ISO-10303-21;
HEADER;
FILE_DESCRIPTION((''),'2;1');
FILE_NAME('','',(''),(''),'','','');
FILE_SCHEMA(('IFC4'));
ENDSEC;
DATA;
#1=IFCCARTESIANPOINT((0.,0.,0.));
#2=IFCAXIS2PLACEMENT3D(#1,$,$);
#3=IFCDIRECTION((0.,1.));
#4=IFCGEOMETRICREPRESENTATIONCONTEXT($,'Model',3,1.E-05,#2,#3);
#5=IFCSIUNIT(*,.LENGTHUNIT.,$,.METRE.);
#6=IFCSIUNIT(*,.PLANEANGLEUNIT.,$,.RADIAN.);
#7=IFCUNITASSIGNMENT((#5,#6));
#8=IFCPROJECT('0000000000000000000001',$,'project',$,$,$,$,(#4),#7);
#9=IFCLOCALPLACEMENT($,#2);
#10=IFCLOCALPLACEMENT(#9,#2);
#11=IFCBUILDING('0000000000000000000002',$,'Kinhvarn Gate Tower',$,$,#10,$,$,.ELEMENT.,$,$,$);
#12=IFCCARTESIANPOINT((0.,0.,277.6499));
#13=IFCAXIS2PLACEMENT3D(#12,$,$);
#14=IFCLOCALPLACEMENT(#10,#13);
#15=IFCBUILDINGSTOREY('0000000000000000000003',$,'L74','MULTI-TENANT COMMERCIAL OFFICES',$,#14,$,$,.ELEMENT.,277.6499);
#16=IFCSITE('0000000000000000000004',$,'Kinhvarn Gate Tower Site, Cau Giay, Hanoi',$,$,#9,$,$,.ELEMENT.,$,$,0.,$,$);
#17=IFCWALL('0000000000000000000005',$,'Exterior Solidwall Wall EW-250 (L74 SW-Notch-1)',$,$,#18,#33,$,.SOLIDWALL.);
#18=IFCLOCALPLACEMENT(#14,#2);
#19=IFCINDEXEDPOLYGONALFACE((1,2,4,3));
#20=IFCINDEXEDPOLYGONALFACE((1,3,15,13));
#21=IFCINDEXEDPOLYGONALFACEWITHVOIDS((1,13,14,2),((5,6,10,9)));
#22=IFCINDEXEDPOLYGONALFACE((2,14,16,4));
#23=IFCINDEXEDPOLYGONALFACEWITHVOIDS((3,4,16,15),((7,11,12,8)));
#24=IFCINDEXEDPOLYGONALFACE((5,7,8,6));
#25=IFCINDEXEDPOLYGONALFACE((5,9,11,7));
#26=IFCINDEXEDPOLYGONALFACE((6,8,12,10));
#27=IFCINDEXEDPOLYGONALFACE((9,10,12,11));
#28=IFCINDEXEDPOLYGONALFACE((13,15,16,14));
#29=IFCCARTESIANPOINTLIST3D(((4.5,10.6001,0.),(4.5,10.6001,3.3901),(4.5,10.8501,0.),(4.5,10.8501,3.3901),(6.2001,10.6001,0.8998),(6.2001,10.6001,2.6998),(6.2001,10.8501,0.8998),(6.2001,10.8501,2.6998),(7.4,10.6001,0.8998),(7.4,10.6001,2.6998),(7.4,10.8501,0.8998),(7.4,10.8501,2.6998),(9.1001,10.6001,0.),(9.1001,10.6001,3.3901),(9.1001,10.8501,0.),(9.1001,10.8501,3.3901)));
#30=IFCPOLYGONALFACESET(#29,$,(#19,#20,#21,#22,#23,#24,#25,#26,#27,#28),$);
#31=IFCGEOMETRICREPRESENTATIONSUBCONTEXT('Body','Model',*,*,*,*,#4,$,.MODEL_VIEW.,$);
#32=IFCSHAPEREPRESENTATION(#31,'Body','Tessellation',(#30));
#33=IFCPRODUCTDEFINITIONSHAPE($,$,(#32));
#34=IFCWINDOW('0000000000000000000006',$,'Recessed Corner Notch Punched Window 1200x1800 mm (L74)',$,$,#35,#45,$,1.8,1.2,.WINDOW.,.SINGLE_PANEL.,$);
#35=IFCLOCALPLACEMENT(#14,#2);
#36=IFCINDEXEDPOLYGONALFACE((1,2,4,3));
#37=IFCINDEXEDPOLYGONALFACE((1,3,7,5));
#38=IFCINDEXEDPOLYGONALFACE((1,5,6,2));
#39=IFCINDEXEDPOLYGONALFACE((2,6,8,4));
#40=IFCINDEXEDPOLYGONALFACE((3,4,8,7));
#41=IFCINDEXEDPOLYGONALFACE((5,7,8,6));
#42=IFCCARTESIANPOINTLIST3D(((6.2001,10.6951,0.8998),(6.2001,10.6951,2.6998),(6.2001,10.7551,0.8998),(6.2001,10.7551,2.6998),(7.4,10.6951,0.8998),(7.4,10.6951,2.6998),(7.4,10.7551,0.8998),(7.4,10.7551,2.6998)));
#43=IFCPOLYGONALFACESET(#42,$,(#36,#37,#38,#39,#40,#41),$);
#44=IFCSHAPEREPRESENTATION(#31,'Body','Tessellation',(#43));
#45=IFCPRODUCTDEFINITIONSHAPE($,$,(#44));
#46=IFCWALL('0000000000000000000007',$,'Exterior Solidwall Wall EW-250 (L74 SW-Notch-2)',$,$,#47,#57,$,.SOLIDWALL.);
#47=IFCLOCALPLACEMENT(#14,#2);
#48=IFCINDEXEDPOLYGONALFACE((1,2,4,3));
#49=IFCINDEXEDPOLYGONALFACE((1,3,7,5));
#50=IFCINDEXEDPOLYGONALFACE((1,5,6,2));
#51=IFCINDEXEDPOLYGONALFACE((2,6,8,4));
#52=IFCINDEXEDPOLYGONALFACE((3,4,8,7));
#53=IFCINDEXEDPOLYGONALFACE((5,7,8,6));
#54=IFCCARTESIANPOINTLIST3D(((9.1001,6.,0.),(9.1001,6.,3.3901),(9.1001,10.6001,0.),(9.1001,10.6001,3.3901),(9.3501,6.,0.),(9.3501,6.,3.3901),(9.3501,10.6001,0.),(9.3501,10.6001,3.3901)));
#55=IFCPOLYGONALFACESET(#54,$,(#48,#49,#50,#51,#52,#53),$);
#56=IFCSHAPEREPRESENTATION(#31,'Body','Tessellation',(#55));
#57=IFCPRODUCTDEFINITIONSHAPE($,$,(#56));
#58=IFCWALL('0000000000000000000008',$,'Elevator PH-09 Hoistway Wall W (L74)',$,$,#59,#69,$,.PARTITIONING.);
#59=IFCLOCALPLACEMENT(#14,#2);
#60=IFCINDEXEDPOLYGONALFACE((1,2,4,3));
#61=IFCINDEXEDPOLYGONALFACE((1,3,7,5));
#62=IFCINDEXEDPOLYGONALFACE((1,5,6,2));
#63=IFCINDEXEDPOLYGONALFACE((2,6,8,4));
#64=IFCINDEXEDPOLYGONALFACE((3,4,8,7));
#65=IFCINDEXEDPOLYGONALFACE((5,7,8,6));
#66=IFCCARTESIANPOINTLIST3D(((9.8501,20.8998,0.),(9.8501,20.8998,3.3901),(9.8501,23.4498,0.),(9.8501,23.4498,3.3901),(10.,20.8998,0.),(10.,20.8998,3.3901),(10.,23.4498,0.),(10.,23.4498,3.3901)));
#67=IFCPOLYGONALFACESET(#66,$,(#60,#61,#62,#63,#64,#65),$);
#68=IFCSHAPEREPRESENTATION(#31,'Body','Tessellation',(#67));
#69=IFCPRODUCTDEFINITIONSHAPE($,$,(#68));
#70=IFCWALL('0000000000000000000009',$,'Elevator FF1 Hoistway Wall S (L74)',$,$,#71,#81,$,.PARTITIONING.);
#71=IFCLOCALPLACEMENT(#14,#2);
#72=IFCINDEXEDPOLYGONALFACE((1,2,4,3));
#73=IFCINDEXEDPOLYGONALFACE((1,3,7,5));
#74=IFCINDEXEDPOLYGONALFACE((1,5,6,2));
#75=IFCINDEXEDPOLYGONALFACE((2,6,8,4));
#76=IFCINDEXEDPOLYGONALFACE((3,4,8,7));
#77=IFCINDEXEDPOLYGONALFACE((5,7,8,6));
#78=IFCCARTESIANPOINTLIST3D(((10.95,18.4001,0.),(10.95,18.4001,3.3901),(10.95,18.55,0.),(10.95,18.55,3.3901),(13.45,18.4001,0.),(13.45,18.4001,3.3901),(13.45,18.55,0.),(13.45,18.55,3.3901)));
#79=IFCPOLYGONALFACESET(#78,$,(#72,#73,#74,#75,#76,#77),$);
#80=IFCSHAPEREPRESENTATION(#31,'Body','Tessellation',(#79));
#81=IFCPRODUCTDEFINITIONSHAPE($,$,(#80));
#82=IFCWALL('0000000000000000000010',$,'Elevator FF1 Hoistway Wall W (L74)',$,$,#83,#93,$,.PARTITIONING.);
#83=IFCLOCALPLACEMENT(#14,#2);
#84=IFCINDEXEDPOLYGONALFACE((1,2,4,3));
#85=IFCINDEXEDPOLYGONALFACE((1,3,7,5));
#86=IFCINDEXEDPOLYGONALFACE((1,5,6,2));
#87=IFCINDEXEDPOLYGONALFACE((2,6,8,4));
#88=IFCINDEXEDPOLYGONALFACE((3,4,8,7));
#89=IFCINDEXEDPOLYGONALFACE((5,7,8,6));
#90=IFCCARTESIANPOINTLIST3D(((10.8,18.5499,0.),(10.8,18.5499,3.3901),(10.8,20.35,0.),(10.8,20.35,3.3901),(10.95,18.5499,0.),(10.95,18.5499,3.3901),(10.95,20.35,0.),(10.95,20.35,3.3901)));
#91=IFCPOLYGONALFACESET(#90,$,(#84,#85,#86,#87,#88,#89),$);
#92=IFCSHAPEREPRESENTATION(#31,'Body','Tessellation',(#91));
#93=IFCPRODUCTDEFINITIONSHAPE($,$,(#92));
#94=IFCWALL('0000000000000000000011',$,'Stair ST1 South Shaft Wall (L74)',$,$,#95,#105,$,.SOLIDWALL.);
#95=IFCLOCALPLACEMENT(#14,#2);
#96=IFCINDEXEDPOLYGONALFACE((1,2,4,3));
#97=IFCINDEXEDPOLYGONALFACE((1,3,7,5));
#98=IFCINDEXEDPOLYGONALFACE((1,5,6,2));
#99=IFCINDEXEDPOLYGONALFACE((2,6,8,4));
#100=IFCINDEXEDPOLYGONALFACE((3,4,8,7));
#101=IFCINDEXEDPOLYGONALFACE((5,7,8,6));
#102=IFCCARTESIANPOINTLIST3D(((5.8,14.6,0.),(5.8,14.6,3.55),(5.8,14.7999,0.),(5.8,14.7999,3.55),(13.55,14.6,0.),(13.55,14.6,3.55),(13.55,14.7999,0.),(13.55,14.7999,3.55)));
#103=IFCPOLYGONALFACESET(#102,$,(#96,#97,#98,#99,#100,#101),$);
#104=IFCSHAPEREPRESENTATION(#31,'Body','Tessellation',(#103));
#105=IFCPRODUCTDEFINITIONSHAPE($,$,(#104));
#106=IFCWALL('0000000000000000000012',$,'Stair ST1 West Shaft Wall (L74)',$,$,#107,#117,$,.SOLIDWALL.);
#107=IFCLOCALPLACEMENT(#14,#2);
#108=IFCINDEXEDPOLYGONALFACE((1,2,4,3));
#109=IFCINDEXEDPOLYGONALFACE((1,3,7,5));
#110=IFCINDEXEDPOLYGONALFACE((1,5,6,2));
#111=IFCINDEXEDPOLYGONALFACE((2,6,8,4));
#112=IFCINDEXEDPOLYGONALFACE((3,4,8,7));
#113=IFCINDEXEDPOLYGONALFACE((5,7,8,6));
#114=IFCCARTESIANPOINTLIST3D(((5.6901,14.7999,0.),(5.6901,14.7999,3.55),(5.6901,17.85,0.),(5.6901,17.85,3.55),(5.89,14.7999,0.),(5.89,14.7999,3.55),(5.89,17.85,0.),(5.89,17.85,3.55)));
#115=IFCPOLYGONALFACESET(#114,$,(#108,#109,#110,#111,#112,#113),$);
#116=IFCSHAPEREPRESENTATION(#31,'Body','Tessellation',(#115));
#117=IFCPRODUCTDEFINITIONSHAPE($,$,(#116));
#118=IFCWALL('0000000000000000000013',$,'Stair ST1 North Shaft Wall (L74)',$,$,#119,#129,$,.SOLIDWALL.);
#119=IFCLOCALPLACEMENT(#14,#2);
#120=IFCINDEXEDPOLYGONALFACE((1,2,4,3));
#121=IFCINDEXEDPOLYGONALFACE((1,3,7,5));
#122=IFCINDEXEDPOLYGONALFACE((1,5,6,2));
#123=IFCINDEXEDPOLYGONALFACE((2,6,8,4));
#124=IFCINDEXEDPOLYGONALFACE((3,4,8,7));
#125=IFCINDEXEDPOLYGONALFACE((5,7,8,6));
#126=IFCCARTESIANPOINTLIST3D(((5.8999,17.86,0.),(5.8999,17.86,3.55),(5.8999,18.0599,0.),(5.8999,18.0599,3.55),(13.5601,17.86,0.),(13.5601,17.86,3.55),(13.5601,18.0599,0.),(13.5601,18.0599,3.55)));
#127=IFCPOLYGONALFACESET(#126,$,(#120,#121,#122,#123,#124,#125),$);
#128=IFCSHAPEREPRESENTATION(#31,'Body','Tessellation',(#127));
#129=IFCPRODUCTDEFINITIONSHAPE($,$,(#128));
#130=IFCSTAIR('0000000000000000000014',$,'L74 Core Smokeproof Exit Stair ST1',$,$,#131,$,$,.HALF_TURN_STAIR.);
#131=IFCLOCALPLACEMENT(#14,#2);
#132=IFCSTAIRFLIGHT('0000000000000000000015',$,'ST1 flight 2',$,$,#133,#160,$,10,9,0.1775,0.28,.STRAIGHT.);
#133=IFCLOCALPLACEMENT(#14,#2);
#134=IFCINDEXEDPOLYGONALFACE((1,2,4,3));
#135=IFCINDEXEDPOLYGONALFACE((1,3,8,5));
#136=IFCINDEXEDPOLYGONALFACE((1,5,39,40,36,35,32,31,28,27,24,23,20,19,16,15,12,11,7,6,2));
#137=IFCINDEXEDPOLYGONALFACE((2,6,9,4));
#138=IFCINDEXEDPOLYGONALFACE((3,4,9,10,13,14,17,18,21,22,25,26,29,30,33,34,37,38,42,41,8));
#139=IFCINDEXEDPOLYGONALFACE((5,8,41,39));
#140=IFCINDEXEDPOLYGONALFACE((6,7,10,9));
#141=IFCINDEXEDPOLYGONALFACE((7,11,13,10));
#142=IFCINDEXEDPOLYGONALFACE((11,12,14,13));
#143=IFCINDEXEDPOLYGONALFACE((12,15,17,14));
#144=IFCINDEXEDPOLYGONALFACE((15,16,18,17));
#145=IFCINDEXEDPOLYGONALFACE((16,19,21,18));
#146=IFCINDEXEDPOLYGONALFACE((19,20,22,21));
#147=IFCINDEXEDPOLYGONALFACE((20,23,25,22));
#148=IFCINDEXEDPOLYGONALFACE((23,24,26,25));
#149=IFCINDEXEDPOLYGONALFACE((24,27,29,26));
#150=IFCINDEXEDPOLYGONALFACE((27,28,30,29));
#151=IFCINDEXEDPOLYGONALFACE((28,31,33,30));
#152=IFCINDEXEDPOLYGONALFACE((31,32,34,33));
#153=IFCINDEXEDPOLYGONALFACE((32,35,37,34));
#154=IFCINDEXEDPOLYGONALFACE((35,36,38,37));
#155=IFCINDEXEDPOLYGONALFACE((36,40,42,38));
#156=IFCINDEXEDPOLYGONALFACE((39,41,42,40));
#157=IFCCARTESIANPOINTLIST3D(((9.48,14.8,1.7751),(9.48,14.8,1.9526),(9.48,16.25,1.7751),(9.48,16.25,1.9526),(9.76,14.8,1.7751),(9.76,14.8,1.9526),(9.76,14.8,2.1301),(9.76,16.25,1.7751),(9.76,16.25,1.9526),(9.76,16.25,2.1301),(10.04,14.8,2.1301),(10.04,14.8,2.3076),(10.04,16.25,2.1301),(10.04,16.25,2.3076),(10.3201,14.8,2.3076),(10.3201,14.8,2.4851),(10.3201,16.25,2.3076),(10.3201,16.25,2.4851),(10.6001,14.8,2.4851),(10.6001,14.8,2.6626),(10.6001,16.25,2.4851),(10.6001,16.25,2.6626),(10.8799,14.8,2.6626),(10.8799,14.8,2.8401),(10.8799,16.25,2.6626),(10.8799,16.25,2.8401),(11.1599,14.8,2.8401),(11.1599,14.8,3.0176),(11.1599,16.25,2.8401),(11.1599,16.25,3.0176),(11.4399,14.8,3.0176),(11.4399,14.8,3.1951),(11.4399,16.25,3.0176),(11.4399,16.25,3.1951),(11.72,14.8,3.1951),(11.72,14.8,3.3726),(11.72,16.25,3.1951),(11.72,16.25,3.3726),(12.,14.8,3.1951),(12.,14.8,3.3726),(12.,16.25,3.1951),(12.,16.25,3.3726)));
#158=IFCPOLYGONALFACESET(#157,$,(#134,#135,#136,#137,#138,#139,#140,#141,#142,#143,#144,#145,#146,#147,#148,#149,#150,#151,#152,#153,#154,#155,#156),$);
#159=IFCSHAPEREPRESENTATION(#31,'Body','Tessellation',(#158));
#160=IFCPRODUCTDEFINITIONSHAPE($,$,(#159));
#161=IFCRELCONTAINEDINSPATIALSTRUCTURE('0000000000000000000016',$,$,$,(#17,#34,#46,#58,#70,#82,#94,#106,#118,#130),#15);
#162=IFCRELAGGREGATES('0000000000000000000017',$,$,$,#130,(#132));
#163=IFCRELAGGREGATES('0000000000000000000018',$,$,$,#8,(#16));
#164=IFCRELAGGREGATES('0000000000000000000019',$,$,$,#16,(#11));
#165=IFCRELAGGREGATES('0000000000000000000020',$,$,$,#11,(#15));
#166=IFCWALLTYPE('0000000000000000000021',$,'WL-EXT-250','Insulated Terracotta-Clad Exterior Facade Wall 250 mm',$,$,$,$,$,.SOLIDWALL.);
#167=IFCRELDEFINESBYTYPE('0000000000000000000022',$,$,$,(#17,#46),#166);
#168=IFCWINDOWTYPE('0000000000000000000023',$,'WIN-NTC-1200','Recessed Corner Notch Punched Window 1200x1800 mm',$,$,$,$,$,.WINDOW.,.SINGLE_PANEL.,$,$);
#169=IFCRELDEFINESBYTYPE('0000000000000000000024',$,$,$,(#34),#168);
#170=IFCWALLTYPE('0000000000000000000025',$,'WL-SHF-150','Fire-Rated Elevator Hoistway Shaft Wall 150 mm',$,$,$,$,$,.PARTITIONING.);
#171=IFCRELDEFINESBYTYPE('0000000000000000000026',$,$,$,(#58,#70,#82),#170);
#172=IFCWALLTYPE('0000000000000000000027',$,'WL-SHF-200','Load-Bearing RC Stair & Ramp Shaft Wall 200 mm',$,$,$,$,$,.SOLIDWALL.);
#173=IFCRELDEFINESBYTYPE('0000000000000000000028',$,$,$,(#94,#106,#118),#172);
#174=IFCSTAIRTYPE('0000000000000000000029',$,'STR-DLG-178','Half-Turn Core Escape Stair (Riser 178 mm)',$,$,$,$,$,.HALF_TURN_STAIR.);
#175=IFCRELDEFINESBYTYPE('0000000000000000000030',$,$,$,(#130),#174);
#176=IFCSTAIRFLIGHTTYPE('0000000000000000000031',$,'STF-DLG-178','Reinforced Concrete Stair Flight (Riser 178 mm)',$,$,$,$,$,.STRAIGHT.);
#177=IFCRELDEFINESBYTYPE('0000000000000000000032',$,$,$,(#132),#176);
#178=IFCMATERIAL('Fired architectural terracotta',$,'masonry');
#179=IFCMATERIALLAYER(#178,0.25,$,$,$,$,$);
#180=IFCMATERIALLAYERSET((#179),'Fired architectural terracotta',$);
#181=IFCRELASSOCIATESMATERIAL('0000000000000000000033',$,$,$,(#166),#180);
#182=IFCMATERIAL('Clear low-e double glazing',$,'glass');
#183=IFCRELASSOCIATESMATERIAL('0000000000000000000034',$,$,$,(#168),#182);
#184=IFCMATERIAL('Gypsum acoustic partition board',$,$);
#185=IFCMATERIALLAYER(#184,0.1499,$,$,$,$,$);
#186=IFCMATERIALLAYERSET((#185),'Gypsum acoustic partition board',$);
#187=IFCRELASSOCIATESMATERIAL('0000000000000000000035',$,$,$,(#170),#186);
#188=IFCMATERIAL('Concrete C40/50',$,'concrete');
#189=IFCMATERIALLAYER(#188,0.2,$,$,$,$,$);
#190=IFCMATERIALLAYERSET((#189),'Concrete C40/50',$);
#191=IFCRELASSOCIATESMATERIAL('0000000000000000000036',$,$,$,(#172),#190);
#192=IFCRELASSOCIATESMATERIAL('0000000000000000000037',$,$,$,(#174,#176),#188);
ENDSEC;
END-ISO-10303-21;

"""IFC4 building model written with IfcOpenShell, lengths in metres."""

from ifc_helpers import new_model, si_unit, direction, frame, frame_2d, origin, place, context, subcontext, project, spatial, polyline, rectangle, outline, extrude, material, layer, layer_set, type_object, element, fill, aggregate, save


model = new_model("IFC4")

# Units and contexts
model_context = context("Model", 3, precision=1e-05, world=origin(), true_north=direction((0.0, 1.0)))
body_context = subcontext(model_context, "Body", "Model", "MODEL_VIEW")
ifc_project = project(units=[si_unit("LENGTHUNIT", "METRE"), si_unit("PLANEANGLEUNIT", "RADIAN")], contexts=[model_context])

# Site, building, storey
site_placement = place(None, origin())
site = spatial("IfcSite", under=ifc_project, at=site_placement, Name="Kinhvarn Gate Tower Site, Cau Giay, Hanoi", CompositionType="ELEMENT", RefElevation=0.0)
building_placement = place(site_placement, origin())
building = spatial("IfcBuilding", under=site, at=building_placement, Name="Kinhvarn Gate Tower", CompositionType="ELEMENT")
storey_placement = place(building_placement, frame((0.0, 0.0, 277.6499)))
storey = spatial("IfcBuildingStorey", under=building, at=storey_placement, Name="L74", Description="MULTI-TENANT COMMERCIAL OFFICES", CompositionType="ELEMENT", Elevation=277.6499)

# Wall, opening, window
ifc_material_1 = material(Name="Fired architectural terracotta", Category="masonry")
ifc_layer_1 = layer(ifc_material_1, 0.25)
ifc_layer_set_1 = layer_set([ifc_layer_1], Name="Fired architectural terracotta")
wall_type_1 = type_object("IfcWallType", Name="WL-EXT-250", Description="Insulated Terracotta-Clad Exterior Facade Wall 250 mm", PredefinedType="SOLIDWALL", material=ifc_layer_set_1)
ifc_material_2 = material(Name="Clear low-e double glazing", Category="glass")
wall_1_placement = place(storey_placement, frame((4.5, 10.7251, 0.0), z_axis=(0.0, 0.0, 1.0), x_axis=(1.0, 0.0, 0.0)))
wall_1 = element("IfcWall", 1, at=wall_1_placement, inside=storey, type_object=wall_type_1, Name="Exterior Solidwall Wall EW-250 (L74 SW-Notch-1)", PredefinedType="SOLIDWALL", context=body_context, shape_type="SweptSolid", body=[
    extrude(rectangle(XDim=4.6001, YDim=0.25, at=frame_2d((2.3, 0.0))), origin(), (0.0, 0.0, 1.0), 3.3901),
])
opening_1_placement = place(wall_1_placement, frame((1.7, 0.0, 0.8999)))
opening_1 = element("IfcOpeningElement", 2, at=opening_1_placement, cuts=wall_1, PredefinedType="OPENING", context=body_context, shape_type="SweptSolid", body=[
    extrude(rectangle(XDim=1.2, YDim=1.8, at=frame_2d((0.6001, 0.8999))), frame((0.0, 0.135, 0.0), z_axis=(0.0, -1.0, 0.0), x_axis=(1.0, 0.0, 0.0)), (0.0, 0.0, 1.0), 0.27),
])
window_type_1 = type_object("IfcWindowType", Name="WIN-NTC-1200", Description="Recessed Corner Notch Punched Window 1200x1800 mm", PartitioningType="SINGLE_PANEL", PredefinedType="WINDOW", material=ifc_material_2)
window_1_placement = place(opening_1_placement, origin())
window_1 = element("IfcWindow", 3, at=window_1_placement, inside=storey, type_object=window_type_1, Name="Recessed Corner Notch Punched Window 1200x1800 mm (L74)", OverallHeight=1.8, OverallWidth=1.2, PartitioningType="SINGLE_PANEL", PredefinedType="WINDOW", context=body_context, shape_type="SweptSolid", body=[
    extrude(rectangle(XDim=1.2, YDim=1.8, at=frame_2d((0.6001, 0.8999))), frame((0.0, 0.03, 0.0), z_axis=(0.0, -1.0, 0.0), x_axis=(1.0, 0.0, 0.0)), (0.0, 0.0, 1.0), 0.0601),
])
fill(opening_1, window_1)

# Walls
wall_2_placement = place(storey_placement, frame((9.2251, 10.6001, 0.0), z_axis=(0.0, 0.0, 1.0), x_axis=(0.0, -1.0, 0.0)))
element("IfcWall", 4, at=wall_2_placement, inside=storey, type_object=wall_type_1, Name="Exterior Solidwall Wall EW-250 (L74 SW-Notch-2)", PredefinedType="SOLIDWALL", context=body_context, shape_type="SweptSolid", body=[
    extrude(rectangle(XDim=4.6001, YDim=0.25, at=frame_2d((2.3, 0.0))), origin(), (0.0, 0.0, 1.0), 3.3901),
])
ifc_material_3 = material(Name="Gypsum acoustic partition board")
ifc_layer_2 = layer(ifc_material_3, 0.1499)
ifc_layer_set_2 = layer_set([ifc_layer_2], Name="Gypsum acoustic partition board")
wall_type_2 = type_object("IfcWallType", Name="WL-SHF-150", Description="Fire-Rated Elevator Hoistway Shaft Wall 150 mm", PredefinedType="PARTITIONING", material=ifc_layer_set_2)
wall_3_placement = place(storey_placement, frame((9.925, 20.8999, 0.0), z_axis=(0.0, 0.0, 1.0), x_axis=(0.0, 1.0, 0.0)))
element("IfcWall", 5, at=wall_3_placement, inside=storey, type_object=wall_type_2, Name="Elevator PH-09 Hoistway Wall W (L74)", PredefinedType="PARTITIONING", context=body_context, shape_type="SweptSolid", body=[
    extrude(rectangle(XDim=2.55, YDim=0.1499, at=frame_2d((1.2749, 0.0))), origin(), (0.0, 0.0, 1.0), 3.3901),
])
wall_4_placement = place(storey_placement, frame((10.95, 18.4751, 0.0), z_axis=(0.0, 0.0, 1.0), x_axis=(1.0, 0.0, 0.0)))
element("IfcWall", 6, at=wall_4_placement, inside=storey, type_object=wall_type_2, Name="Elevator FF1 Hoistway Wall S (L74)", PredefinedType="PARTITIONING", context=body_context, shape_type="SweptSolid", body=[
    extrude(rectangle(XDim=2.5, YDim=0.1499, at=frame_2d((1.25, 0.0))), origin(), (0.0, 0.0, 1.0), 3.3901),
])
wall_5_placement = place(storey_placement, frame((10.875, 18.55, 0.0), z_axis=(0.0, 0.0, 1.0), x_axis=(0.0, 1.0, 0.0)))
element("IfcWall", 7, at=wall_5_placement, inside=storey, type_object=wall_type_2, Name="Elevator FF1 Hoistway Wall W (L74)", PredefinedType="PARTITIONING", context=body_context, shape_type="SweptSolid", body=[
    extrude(rectangle(XDim=1.8, YDim=0.1499, at=frame_2d((0.8999, 0.0))), origin(), (0.0, 0.0, 1.0), 3.3901),
])
ifc_material_4 = material(Name="Concrete C40/50", Category="concrete")
ifc_layer_3 = layer(ifc_material_4, 0.2)
ifc_layer_set_3 = layer_set([ifc_layer_3], Name="Concrete C40/50")
wall_type_3 = type_object("IfcWallType", Name="WL-SHF-200", Description="Load-Bearing RC Stair & Ramp Shaft Wall 200 mm", PredefinedType="SOLIDWALL", material=ifc_layer_set_3)
wall_6_placement = place(storey_placement, frame((5.8, 14.7, 0.0), z_axis=(0.0, 0.0, 1.0), x_axis=(1.0, 0.0, 0.0)))
element("IfcWall", 8, at=wall_6_placement, inside=storey, type_object=wall_type_3, Name="Stair ST1 South Shaft Wall (L74)", PredefinedType="SOLIDWALL", context=body_context, shape_type="SweptSolid", body=[
    extrude(rectangle(XDim=7.75, YDim=0.2, at=frame_2d((3.875, 0.0))), origin(), (0.0, 0.0, 1.0), 3.55),
])
wall_7_placement = place(storey_placement, frame((5.79, 14.8, 0.0), z_axis=(0.0, 0.0, 1.0), x_axis=(0.0, 1.0, 0.0)))
element("IfcWall", 9, at=wall_7_placement, inside=storey, type_object=wall_type_3, Name="Stair ST1 West Shaft Wall (L74)", PredefinedType="SOLIDWALL", context=body_context, shape_type="SweptSolid", body=[
    extrude(rectangle(XDim=3.05, YDim=0.2, at=frame_2d((1.5249, 0.0))), origin(), (0.0, 0.0, 1.0), 3.55),
])
wall_8_placement = place(storey_placement, frame((5.8999, 17.96, 0.0), z_axis=(0.0, 0.0, 1.0), x_axis=(1.0, 0.0, 0.0)))
element("IfcWall", 10, at=wall_8_placement, inside=storey, type_object=wall_type_3, Name="Stair ST1 North Shaft Wall (L74)", PredefinedType="SOLIDWALL", context=body_context, shape_type="SweptSolid", body=[
    extrude(rectangle(XDim=7.6602, YDim=0.2, at=frame_2d((3.8301, 0.0))), origin(), (0.0, 0.0, 1.0), 3.55),
])

# Stair, stair flight
stair_type = type_object("IfcStairType", Name="STR-DLG-178", Description="Half-Turn Core Escape Stair (Riser 178 mm)", PredefinedType="HALF_TURN_STAIR", material=ifc_material_4)
stair_placement = place(storey_placement, origin())
stair = element("IfcStair", 11, at=stair_placement, inside=storey, type_object=stair_type, Name="L74 Core Smokeproof Exit Stair ST1", PredefinedType="HALF_TURN_STAIR")
stair_flight_type = type_object("IfcStairFlightType", Name="STF-DLG-178", Description="Reinforced Concrete Stair Flight (Riser 178 mm)", PredefinedType="STRAIGHT", material=ifc_material_4)
stair_flight_placement = place(storey_placement, frame((9.48, 15.5249, 1.7751), z_axis=(0.0, 0.0, 1.0), x_axis=(1.0, 0.0, 0.0)))
stair_flight = element("IfcStairFlight", 12, at=stair_flight_placement, type_object=stair_flight_type, Name="ST1 flight 2", NumberOfRisers=10, NumberOfTreads=9, PredefinedType="STRAIGHT", RiserHeight=0.1775, TreadLength=0.28, context=body_context, shape_type="SweptSolid", body=[
    extrude(outline(polyline([(0.0, 0.0), (0.0, 0.1775), (0.28, 0.1775), (0.28, 0.355), (0.5601, 0.355), (0.5601, 0.5325), (0.8401, 0.5325), (0.8401, 0.71), (1.1201, 0.71), (1.1201, 0.8875), (1.3999, 0.8875), (1.3999, 1.0649), (1.6799, 1.0649), (1.6799, 1.2424), (1.96, 1.2424), (1.96, 1.4199), (2.24, 1.4199), (2.24, 1.5974), (2.52, 1.5974), (2.52, 1.7749), (2.52, 1.4199), (0.28, 0.0), (0.0, 0.0)])), frame((0.0, 0.7251, 0.0), z_axis=(0.0, -1.0, 0.0), x_axis=(1.0, 0.0, 0.0)), (0.0, 0.0, 1.0), 1.45),
])
aggregate(stair, [stair_flight])

save(model, "model.ifc")
